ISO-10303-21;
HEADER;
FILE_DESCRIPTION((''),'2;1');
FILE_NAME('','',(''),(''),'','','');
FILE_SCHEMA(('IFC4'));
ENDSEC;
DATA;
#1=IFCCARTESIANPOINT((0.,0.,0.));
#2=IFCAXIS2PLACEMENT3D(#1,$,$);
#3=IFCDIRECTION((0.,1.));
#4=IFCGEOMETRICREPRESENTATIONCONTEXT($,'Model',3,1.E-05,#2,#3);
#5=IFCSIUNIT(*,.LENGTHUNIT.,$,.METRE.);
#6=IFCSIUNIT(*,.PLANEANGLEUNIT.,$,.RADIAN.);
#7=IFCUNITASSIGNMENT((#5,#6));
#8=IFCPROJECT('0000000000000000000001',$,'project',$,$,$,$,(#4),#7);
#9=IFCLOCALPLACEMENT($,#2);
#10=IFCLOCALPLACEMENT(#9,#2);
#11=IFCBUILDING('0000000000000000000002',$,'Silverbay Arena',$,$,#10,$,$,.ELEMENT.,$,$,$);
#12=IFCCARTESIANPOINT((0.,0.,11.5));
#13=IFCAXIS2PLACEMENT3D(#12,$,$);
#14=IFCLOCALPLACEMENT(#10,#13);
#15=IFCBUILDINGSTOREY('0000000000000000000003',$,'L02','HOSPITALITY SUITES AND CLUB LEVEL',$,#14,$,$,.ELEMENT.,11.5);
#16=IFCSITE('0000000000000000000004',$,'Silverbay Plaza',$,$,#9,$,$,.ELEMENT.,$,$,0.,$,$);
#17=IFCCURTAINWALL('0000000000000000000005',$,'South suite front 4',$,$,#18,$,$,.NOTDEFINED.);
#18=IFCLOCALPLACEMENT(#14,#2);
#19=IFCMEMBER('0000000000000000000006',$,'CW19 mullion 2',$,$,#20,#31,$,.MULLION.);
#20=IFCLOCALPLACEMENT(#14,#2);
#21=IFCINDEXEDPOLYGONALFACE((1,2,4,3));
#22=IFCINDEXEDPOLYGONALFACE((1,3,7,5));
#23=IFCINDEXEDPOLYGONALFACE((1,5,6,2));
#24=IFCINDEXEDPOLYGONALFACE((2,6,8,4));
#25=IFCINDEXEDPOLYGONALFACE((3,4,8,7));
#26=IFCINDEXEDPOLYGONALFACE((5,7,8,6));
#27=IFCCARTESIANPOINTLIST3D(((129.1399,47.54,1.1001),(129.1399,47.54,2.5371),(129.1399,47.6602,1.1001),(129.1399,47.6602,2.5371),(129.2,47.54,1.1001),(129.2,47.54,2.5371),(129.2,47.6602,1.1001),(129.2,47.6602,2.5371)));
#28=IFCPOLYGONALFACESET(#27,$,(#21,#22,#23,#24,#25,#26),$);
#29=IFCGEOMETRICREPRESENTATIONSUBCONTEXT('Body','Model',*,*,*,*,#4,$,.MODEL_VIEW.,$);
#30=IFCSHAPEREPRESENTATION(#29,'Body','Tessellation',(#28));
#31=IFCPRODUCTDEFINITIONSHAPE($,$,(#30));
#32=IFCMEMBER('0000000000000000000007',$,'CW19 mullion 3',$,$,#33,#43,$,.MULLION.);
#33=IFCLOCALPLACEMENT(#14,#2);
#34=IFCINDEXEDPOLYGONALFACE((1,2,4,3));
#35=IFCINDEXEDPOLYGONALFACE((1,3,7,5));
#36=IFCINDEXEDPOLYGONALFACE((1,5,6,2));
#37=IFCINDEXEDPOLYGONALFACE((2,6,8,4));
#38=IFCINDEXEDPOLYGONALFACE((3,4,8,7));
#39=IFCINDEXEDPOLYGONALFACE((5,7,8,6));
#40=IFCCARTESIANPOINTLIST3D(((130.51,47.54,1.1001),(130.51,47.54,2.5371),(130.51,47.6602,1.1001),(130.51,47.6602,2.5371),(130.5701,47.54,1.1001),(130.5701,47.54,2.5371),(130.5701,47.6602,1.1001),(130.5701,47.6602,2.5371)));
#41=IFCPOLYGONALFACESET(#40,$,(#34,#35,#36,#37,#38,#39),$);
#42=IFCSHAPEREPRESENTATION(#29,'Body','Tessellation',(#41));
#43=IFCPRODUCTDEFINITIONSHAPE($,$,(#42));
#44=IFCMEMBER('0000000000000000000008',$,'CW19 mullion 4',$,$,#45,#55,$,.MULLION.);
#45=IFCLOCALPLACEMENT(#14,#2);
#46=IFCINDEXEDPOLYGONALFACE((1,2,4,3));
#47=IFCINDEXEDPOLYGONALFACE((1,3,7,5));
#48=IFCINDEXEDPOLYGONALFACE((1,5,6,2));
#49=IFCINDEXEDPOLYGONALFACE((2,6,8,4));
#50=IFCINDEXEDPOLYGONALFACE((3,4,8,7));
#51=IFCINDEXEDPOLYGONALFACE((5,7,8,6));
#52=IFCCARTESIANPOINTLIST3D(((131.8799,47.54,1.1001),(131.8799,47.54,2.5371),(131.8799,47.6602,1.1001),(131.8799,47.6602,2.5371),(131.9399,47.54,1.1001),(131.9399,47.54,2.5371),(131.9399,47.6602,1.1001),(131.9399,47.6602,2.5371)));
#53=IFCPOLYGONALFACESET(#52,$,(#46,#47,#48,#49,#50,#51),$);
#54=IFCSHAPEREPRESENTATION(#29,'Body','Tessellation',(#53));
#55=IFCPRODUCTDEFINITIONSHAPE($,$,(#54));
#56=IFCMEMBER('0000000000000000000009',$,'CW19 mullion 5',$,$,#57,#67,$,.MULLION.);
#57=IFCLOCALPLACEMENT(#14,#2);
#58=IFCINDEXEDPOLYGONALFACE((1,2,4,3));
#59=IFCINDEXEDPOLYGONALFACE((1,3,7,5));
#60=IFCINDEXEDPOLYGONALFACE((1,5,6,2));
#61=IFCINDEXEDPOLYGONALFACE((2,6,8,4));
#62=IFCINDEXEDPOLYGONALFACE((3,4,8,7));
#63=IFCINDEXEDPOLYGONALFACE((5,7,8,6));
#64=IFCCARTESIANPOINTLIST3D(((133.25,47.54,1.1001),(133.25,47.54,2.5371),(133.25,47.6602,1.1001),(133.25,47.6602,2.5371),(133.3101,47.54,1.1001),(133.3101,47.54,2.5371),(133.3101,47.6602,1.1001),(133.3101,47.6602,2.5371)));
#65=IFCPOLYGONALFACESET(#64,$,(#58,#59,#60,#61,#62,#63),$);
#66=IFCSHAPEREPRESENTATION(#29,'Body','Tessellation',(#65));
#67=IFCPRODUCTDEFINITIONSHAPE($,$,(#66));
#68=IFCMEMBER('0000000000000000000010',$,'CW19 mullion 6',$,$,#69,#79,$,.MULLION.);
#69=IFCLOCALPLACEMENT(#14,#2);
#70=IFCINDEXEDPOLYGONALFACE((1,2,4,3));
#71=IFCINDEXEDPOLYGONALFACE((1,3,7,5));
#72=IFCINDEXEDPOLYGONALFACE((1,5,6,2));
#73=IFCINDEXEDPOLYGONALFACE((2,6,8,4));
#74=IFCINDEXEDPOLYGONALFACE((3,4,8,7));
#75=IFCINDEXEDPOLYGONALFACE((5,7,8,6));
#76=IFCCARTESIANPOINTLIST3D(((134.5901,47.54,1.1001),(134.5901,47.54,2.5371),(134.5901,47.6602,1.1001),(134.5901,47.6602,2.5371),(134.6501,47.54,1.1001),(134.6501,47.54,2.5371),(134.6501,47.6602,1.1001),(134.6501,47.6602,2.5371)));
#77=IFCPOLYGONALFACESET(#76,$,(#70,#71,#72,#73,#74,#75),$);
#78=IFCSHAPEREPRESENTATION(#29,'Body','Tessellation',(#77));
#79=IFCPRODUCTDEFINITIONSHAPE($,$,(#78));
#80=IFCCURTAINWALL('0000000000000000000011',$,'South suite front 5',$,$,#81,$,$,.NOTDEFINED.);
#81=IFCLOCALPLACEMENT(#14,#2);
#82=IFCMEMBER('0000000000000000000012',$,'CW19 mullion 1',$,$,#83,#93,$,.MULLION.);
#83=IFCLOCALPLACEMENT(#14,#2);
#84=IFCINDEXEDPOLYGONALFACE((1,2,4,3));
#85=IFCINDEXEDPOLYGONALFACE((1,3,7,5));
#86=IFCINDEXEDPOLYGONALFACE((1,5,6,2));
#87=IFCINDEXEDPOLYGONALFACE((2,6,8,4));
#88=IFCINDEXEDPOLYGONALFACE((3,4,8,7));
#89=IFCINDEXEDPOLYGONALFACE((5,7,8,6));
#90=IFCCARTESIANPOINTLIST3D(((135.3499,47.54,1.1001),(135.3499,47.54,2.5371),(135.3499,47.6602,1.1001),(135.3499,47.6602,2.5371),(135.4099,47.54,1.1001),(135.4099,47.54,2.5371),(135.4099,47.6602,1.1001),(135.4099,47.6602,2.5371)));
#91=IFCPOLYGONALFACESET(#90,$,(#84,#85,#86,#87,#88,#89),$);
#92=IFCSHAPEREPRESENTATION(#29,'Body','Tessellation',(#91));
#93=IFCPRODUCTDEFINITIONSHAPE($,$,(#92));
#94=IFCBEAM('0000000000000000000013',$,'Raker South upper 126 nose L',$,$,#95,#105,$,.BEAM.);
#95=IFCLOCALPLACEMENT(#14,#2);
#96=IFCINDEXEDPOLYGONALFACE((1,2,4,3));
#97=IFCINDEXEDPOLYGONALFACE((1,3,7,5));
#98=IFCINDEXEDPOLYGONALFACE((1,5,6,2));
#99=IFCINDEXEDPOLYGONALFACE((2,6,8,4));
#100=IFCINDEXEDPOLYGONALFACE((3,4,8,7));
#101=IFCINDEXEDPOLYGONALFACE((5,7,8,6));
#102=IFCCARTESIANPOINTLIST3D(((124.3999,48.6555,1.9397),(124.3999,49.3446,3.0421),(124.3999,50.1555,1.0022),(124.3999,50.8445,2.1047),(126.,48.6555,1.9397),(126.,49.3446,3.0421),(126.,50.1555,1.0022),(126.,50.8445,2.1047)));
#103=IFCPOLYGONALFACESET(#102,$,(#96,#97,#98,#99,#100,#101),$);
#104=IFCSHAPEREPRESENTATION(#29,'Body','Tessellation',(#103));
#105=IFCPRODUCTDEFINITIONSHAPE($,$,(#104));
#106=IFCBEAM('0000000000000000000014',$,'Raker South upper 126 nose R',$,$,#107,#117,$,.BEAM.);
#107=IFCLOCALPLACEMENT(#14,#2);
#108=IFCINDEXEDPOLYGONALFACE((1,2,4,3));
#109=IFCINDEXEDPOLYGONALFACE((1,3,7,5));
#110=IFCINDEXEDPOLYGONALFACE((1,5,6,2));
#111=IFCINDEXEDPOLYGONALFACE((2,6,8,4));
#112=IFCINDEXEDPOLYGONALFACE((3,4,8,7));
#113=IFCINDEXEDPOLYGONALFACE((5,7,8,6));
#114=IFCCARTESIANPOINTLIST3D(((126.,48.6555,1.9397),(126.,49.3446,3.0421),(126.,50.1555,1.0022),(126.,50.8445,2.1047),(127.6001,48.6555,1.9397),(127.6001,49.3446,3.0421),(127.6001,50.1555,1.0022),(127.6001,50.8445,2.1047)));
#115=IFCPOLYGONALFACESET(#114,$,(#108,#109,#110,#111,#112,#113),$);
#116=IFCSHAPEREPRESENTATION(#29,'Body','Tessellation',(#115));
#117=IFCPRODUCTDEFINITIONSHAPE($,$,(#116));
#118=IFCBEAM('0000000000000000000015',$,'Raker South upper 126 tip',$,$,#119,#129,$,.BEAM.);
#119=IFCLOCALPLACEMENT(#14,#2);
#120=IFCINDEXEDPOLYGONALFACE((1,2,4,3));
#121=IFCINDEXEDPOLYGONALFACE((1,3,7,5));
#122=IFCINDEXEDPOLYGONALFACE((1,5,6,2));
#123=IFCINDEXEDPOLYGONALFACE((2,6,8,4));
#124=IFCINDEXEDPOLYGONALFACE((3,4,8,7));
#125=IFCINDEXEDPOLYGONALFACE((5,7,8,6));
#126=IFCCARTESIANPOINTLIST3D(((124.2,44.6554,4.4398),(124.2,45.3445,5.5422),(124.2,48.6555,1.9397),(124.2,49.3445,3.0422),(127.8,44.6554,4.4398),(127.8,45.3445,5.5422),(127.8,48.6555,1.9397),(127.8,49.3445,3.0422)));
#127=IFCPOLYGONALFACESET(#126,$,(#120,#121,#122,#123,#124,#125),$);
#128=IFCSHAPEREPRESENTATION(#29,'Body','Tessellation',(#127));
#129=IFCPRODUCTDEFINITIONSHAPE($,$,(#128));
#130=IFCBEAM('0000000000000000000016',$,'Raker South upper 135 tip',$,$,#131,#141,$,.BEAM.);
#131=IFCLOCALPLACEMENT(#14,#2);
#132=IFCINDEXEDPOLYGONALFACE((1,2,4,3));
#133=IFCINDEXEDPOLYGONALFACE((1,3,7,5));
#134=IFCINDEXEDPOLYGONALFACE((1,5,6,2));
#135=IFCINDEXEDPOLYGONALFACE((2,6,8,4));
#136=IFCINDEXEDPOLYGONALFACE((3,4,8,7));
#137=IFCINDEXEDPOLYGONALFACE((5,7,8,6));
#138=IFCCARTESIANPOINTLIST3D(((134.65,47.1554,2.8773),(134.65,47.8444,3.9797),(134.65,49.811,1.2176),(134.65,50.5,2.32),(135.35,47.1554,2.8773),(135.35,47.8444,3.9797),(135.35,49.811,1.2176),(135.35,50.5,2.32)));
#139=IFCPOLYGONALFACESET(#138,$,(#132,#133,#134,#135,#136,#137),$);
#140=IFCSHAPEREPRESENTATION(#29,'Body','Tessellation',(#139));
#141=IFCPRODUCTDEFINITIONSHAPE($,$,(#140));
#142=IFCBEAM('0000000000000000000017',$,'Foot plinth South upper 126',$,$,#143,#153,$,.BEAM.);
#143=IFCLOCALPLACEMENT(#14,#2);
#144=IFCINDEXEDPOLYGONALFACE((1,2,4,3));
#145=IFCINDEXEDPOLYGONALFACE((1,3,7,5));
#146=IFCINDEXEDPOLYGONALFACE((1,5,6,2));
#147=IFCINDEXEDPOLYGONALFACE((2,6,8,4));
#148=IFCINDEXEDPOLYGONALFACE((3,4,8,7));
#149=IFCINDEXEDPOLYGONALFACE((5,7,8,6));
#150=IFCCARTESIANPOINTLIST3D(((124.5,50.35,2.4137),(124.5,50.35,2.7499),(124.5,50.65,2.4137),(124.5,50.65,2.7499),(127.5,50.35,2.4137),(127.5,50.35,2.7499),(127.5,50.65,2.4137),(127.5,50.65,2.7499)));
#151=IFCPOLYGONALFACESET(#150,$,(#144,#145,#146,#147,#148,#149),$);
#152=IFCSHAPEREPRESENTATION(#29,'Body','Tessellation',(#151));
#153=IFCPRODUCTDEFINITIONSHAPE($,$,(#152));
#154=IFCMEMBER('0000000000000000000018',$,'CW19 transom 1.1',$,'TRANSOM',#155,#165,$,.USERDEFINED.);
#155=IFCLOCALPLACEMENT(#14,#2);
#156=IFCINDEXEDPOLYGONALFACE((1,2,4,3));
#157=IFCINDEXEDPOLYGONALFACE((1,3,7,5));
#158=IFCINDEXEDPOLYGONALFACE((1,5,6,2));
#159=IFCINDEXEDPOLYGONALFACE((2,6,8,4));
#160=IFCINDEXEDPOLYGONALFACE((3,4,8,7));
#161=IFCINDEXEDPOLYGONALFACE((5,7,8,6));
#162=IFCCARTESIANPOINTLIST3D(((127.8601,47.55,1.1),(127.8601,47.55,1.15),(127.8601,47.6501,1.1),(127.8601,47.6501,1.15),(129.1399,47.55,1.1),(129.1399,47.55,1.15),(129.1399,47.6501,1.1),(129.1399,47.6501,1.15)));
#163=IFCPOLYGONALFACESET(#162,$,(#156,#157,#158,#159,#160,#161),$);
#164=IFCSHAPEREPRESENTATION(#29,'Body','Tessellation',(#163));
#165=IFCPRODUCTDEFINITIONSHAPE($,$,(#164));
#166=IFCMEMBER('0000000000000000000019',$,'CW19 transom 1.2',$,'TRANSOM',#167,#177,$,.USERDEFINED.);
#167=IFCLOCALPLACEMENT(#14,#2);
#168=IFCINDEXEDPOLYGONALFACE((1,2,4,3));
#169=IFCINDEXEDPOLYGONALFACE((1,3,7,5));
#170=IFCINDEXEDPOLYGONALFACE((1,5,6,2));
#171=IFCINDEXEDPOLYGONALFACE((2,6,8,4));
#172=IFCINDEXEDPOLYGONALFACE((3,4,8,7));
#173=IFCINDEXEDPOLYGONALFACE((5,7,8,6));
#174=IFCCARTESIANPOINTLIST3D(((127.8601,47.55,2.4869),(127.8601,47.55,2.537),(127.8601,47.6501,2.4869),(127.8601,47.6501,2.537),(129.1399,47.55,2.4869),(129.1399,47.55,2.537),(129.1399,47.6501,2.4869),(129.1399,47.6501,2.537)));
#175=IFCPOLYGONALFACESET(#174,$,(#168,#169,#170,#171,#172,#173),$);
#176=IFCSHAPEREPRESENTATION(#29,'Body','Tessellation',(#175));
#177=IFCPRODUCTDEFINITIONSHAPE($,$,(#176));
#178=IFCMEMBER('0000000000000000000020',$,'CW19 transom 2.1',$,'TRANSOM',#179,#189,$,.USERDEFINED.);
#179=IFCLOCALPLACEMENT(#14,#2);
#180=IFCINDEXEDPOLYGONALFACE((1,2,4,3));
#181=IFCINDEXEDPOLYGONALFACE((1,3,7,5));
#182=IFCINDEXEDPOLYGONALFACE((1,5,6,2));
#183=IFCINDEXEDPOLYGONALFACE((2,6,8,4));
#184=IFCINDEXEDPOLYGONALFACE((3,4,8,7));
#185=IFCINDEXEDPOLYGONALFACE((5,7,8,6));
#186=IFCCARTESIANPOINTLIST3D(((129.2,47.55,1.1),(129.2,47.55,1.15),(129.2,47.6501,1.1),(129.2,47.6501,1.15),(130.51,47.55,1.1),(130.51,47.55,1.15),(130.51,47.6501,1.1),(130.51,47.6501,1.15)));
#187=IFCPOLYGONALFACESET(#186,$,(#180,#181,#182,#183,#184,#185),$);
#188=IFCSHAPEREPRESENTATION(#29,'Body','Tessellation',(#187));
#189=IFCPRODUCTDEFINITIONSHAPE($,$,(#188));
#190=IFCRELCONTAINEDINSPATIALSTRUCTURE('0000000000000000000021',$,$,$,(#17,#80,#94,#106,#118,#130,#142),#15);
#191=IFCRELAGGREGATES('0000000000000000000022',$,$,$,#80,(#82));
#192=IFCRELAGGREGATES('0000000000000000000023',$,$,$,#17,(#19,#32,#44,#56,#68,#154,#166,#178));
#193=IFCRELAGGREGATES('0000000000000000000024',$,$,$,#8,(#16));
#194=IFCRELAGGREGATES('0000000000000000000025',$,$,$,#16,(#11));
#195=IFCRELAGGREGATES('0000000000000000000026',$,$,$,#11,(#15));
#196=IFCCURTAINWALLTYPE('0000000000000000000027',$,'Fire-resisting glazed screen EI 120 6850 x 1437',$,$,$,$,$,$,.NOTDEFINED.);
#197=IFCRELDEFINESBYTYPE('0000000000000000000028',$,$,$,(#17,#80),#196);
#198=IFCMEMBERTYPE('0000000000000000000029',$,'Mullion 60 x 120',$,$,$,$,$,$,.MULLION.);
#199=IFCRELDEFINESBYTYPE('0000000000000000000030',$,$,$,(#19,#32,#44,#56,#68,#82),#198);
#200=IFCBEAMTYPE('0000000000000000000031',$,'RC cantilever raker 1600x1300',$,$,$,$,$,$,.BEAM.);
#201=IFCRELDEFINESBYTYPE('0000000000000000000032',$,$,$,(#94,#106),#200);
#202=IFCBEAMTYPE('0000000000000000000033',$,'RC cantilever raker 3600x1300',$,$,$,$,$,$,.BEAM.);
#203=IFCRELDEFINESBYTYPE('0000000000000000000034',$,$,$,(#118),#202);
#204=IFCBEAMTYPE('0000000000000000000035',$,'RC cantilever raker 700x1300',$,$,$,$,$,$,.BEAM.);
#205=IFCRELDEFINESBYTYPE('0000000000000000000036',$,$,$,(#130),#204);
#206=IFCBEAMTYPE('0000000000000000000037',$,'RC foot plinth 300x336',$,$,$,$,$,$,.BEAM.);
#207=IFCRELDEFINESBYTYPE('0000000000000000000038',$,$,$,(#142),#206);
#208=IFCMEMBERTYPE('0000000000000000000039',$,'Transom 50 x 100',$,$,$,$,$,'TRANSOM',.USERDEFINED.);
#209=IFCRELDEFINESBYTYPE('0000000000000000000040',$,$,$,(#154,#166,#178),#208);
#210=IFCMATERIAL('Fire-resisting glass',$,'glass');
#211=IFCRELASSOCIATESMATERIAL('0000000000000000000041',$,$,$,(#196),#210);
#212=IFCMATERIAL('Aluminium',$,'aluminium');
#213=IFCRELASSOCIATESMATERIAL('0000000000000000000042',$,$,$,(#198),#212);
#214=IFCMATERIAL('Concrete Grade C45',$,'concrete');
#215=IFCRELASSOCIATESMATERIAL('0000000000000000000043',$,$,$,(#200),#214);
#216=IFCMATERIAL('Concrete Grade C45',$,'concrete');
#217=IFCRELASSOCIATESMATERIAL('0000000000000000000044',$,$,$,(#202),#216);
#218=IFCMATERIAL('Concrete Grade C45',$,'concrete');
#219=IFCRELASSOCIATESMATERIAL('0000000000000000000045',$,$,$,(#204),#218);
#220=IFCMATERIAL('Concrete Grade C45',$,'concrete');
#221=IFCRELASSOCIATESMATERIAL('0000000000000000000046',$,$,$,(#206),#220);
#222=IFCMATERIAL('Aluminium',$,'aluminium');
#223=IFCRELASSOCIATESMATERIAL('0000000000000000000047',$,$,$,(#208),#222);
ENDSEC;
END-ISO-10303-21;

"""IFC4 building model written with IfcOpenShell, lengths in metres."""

from ifc_helpers import new_model, si_unit, direction, frame, origin, origin_2d, place, context, subcontext, project, spatial, rectangle, extrude, material, material_profile, profile_set, type_object, element, aggregate, save


model = new_model("IFC4")

# Units and contexts
model_context = context("Model", 3, precision=1e-05, world=origin(), true_north=direction((0.0, 1.0)))
body_context = subcontext(model_context, "Body", "Model", "MODEL_VIEW")
ifc_project = project(units=[si_unit("LENGTHUNIT", "METRE"), si_unit("PLANEANGLEUNIT", "RADIAN")], contexts=[model_context])

# Site, building, storey
site_placement = place(None, origin())
site = spatial("IfcSite", under=ifc_project, at=site_placement, Name="Silverbay Plaza", CompositionType="ELEMENT", RefElevation=0.0)
building_placement = place(site_placement, origin())
building = spatial("IfcBuilding", under=site, at=building_placement, Name="Silverbay Arena", CompositionType="ELEMENT")
storey_placement = place(building_placement, frame((0.0, 0.0, 11.5)))
storey = spatial("IfcBuildingStorey", under=building, at=storey_placement, Name="L02", Description="HOSPITALITY SUITES AND CLUB LEVEL", CompositionType="ELEMENT", Elevation=11.5)

# Curtain wall, members
ifc_material_1 = material(Name="Fire-resisting glass", Category="glass")
curtain_wall_type = type_object("IfcCurtainWallType", Name="Fire-resisting glazed screen EI 120 6850 x 1437", PredefinedType="NOTDEFINED", material=ifc_material_1)
curtain_wall_1_placement = place(storey_placement, origin())
curtain_wall_1 = element("IfcCurtainWall", 1, at=curtain_wall_1_placement, inside=storey, type_object=curtain_wall_type, Name="South suite front 4", PredefinedType="NOTDEFINED")
ifc_material_2 = material(Name="Aluminium", Category="aluminium")
ifc_material_profile_1 = material_profile(ifc_material_2, rectangle(XDim=0.1201, YDim=0.0601, at=origin_2d()), Name="Mullion 60 x 120")
ifc_profile_set_1 = profile_set([ifc_material_profile_1], Name="Aluminium")
member_type_1 = type_object("IfcMemberType", Name="Mullion 60 x 120", PredefinedType="MULLION", material=ifc_profile_set_1)
member_1_placement = place(storey_placement, frame((129.1699, 47.6001, 1.1001), z_axis=(0.0, 0.0, 1.0), x_axis=(0.0, 1.0, 0.0)))
member_1 = element("IfcMember", 2, at=member_1_placement, type_object=member_type_1, Name="CW19 mullion 2", PredefinedType="MULLION", context=body_context, shape_type="SweptSolid", body=[
    extrude(rectangle(XDim=0.1201, YDim=0.0601, at=origin_2d()), origin(), (0.0, 0.0, 1.0), 1.437),
])
member_2_placement = place(storey_placement, frame((130.54, 47.6001, 1.1001), z_axis=(0.0, 0.0, 1.0), x_axis=(0.0, 1.0, 0.0)))
member_2 = element("IfcMember", 3, at=member_2_placement, type_object=member_type_1, Name="CW19 mullion 3", PredefinedType="MULLION", context=body_context, shape_type="SweptSolid", body=[
    extrude(rectangle(XDim=0.1201, YDim=0.0601, at=origin_2d()), origin(), (0.0, 0.0, 1.0), 1.437),
])
member_3_placement = place(storey_placement, frame((131.9099, 47.6001, 1.1001), z_axis=(0.0, 0.0, 1.0), x_axis=(0.0, 1.0, 0.0)))
member_3 = element("IfcMember", 4, at=member_3_placement, type_object=member_type_1, Name="CW19 mullion 4", PredefinedType="MULLION", context=body_context, shape_type="SweptSolid", body=[
    extrude(rectangle(XDim=0.1201, YDim=0.0601, at=origin_2d()), origin(), (0.0, 0.0, 1.0), 1.437),
])
member_4_placement = place(storey_placement, frame((133.28, 47.6001, 1.1001), z_axis=(0.0, 0.0, 1.0), x_axis=(0.0, 1.0, 0.0)))
member_4 = element("IfcMember", 5, at=member_4_placement, type_object=member_type_1, Name="CW19 mullion 5", PredefinedType="MULLION", context=body_context, shape_type="SweptSolid", body=[
    extrude(rectangle(XDim=0.1201, YDim=0.0601, at=origin_2d()), origin(), (0.0, 0.0, 1.0), 1.437),
])
member_5_placement = place(storey_placement, frame((134.6201, 47.6001, 1.1001), z_axis=(0.0, 0.0, 1.0), x_axis=(0.0, 1.0, 0.0)))
member_5 = element("IfcMember", 6, at=member_5_placement, type_object=member_type_1, Name="CW19 mullion 6", PredefinedType="MULLION", context=body_context, shape_type="SweptSolid", body=[
    extrude(rectangle(XDim=0.1201, YDim=0.0601, at=origin_2d()), origin(), (0.0, 0.0, 1.0), 1.437),
])

# Curtain wall, member
curtain_wall_2_placement = place(storey_placement, origin())
curtain_wall_2 = element("IfcCurtainWall", 7, at=curtain_wall_2_placement, inside=storey, type_object=curtain_wall_type, Name="South suite front 5", PredefinedType="NOTDEFINED")
member_6_placement = place(storey_placement, frame((135.3799, 47.6001, 1.1001), z_axis=(0.0, 0.0, 1.0), x_axis=(0.0, 1.0, 0.0)))
member_6 = element("IfcMember", 8, at=member_6_placement, type_object=member_type_1, Name="CW19 mullion 1", PredefinedType="MULLION", context=body_context, shape_type="SweptSolid", body=[
    extrude(rectangle(XDim=0.1201, YDim=0.0601, at=origin_2d()), origin(), (0.0, 0.0, 1.0), 1.437),
])

# Beams
ifc_material_3 = material(Name="Concrete Grade C45", Category="concrete")
ifc_material_profile_2 = material_profile(ifc_material_3, rectangle(XDim=1.6001, YDim=1.3, at=origin_2d()), Name="RC 1600x1300")
ifc_profile_set_2 = profile_set([ifc_material_profile_2], Name="Concrete Grade C45")
beam_type_1 = type_object("IfcBeamType", Name="RC cantilever raker 1600x1300", PredefinedType="BEAM", material=ifc_profile_set_2)
for number, where, z_axis, x_axis, name in (
    (9, (125.2, 50.5, 1.5535), (0.0, -0.847998, 0.529999), (1.0, 0.0, 0.0), "Raker South upper 126 nose L"),
    (10, (126.8, 50.5, 1.5535), (0.0, -0.847998, 0.529999), (1.0, 0.0, 0.0), "Raker South upper 126 nose R"),
):
    element("IfcBeam", number, at=place(storey_placement, frame(where, z_axis=z_axis, x_axis=x_axis)), inside=storey, type_object=beam_type_1, Name=name, PredefinedType="BEAM", context=body_context, shape_type="SweptSolid", body=[
        extrude(rectangle(XDim=1.6001, YDim=1.3, at=origin_2d()), origin(), (0.0, 0.0, 1.0), 1.7688),
    ])
ifc_material_4 = material(Name="Concrete Grade C45", Category="concrete")
ifc_material_profile_3 = material_profile(ifc_material_4, rectangle(XDim=3.6001, YDim=1.3, at=origin_2d()), Name="RC 3600x1300")
ifc_profile_set_3 = profile_set([ifc_material_profile_3], Name="Concrete Grade C45")
beam_type_2 = type_object("IfcBeamType", Name="RC cantilever raker 3600x1300", PredefinedType="BEAM", material=ifc_profile_set_3)
beam_1_placement = place(storey_placement, frame((126.0, 49.0, 2.491), z_axis=(0.0, -0.847998, 0.529999), x_axis=(1.0, 0.0, 0.0)))
element("IfcBeam", 11, at=beam_1_placement, inside=storey, type_object=beam_type_2, Name="Raker South upper 126 tip", PredefinedType="BEAM", context=body_context, shape_type="SweptSolid", body=[
    extrude(rectangle(XDim=3.6001, YDim=1.3, at=origin_2d()), origin(), (0.0, 0.0, 1.0), 4.717),
])
ifc_material_5 = material(Name="Concrete Grade C45", Category="concrete")
ifc_material_profile_4 = material_profile(ifc_material_5, rectangle(XDim=0.7, YDim=1.3, at=origin_2d()), Name="RC 700x1300")
ifc_profile_set_4 = profile_set([ifc_material_profile_4], Name="Concrete Grade C45")
beam_type_3 = type_object("IfcBeamType", Name="RC cantilever raker 700x1300", PredefinedType="BEAM", material=ifc_profile_set_4)
beam_2_placement = place(storey_placement, frame((135.0, 50.1555, 1.7688), z_axis=(0.0, -0.848003, 0.529992), x_axis=(1.0, 0.0, 0.0)))
element("IfcBeam", 12, at=beam_2_placement, inside=storey, type_object=beam_type_3, Name="Raker South upper 135 tip", PredefinedType="BEAM", context=body_context, shape_type="SweptSolid", body=[
    extrude(rectangle(XDim=0.7, YDim=1.3, at=origin_2d()), origin(), (0.0, 0.0, 1.0), 3.1316),
])
ifc_material_6 = material(Name="Concrete Grade C45", Category="concrete")
ifc_material_profile_5 = material_profile(ifc_material_6, rectangle(XDim=0.3, YDim=0.3362, at=origin_2d()), Name="RC 300x336")
ifc_profile_set_5 = profile_set([ifc_material_profile_5], Name="Concrete Grade C45")
beam_type_4 = type_object("IfcBeamType", Name="RC foot plinth 300x336", PredefinedType="BEAM", material=ifc_profile_set_5)
beam_3_placement = place(storey_placement, frame((124.5, 50.5, 2.5818), z_axis=(1.0, 0.0, 0.0), x_axis=(0.0, 1.0, 0.0)))
element("IfcBeam", 13, at=beam_3_placement, inside=storey, type_object=beam_type_4, Name="Foot plinth South upper 126", PredefinedType="BEAM", context=body_context, shape_type="SweptSolid", body=[
    extrude(rectangle(XDim=0.3, YDim=0.3362, at=origin_2d()), origin(), (0.0, 0.0, 1.0), 3.0),
])

# Members
ifc_material_7 = material(Name="Aluminium", Category="aluminium")
ifc_material_profile_6 = material_profile(ifc_material_7, rectangle(XDim=0.1001, YDim=0.05, at=origin_2d()), Name="Transom 50 x 100")
ifc_profile_set_6 = profile_set([ifc_material_profile_6], Name="Aluminium")
member_type_2 = type_object("IfcMemberType", Name="Transom 50 x 100", ElementType="TRANSOM", PredefinedType="USERDEFINED", material=ifc_profile_set_6)
member_7_placement = place(storey_placement, frame((127.8601, 47.6001, 1.125), z_axis=(1.0, 0.0, 0.0), x_axis=(0.0, 1.0, 0.0)))
member_7 = element("IfcMember", 14, at=member_7_placement, type_object=member_type_2, Name="CW19 transom 1.1", ObjectType="TRANSOM", PredefinedType="USERDEFINED", context=body_context, shape_type="SweptSolid", body=[
    extrude(rectangle(XDim=0.1001, YDim=0.05, at=origin_2d()), origin(), (0.0, 0.0, 1.0), 1.2798),
])
member_8_placement = place(storey_placement, frame((127.8601, 47.6001, 2.512), z_axis=(1.0, 0.0, 0.0), x_axis=(0.0, 1.0, 0.0)))
member_8 = element("IfcMember", 15, at=member_8_placement, type_object=member_type_2, Name="CW19 transom 1.2", ObjectType="TRANSOM", PredefinedType="USERDEFINED", context=body_context, shape_type="SweptSolid", body=[
    extrude(rectangle(XDim=0.1001, YDim=0.05, at=origin_2d()), origin(), (0.0, 0.0, 1.0), 1.2798),
])
member_9_placement = place(storey_placement, frame((129.2, 47.6001, 1.125), z_axis=(1.0, 0.0, 0.0), x_axis=(0.0, 1.0, 0.0)))
member_9 = element("IfcMember", 16, at=member_9_placement, type_object=member_type_2, Name="CW19 transom 2.1", ObjectType="TRANSOM", PredefinedType="USERDEFINED", context=body_context, shape_type="SweptSolid", body=[
    extrude(rectangle(XDim=0.1001, YDim=0.05, at=origin_2d()), origin(), (0.0, 0.0, 1.0), 1.3101),
])
aggregate(curtain_wall_2, [member_6])

aggregate(curtain_wall_1, [member_1, member_2, member_3, member_4, member_5, member_7, member_8, member_9])

save(model, "model.ifc")
